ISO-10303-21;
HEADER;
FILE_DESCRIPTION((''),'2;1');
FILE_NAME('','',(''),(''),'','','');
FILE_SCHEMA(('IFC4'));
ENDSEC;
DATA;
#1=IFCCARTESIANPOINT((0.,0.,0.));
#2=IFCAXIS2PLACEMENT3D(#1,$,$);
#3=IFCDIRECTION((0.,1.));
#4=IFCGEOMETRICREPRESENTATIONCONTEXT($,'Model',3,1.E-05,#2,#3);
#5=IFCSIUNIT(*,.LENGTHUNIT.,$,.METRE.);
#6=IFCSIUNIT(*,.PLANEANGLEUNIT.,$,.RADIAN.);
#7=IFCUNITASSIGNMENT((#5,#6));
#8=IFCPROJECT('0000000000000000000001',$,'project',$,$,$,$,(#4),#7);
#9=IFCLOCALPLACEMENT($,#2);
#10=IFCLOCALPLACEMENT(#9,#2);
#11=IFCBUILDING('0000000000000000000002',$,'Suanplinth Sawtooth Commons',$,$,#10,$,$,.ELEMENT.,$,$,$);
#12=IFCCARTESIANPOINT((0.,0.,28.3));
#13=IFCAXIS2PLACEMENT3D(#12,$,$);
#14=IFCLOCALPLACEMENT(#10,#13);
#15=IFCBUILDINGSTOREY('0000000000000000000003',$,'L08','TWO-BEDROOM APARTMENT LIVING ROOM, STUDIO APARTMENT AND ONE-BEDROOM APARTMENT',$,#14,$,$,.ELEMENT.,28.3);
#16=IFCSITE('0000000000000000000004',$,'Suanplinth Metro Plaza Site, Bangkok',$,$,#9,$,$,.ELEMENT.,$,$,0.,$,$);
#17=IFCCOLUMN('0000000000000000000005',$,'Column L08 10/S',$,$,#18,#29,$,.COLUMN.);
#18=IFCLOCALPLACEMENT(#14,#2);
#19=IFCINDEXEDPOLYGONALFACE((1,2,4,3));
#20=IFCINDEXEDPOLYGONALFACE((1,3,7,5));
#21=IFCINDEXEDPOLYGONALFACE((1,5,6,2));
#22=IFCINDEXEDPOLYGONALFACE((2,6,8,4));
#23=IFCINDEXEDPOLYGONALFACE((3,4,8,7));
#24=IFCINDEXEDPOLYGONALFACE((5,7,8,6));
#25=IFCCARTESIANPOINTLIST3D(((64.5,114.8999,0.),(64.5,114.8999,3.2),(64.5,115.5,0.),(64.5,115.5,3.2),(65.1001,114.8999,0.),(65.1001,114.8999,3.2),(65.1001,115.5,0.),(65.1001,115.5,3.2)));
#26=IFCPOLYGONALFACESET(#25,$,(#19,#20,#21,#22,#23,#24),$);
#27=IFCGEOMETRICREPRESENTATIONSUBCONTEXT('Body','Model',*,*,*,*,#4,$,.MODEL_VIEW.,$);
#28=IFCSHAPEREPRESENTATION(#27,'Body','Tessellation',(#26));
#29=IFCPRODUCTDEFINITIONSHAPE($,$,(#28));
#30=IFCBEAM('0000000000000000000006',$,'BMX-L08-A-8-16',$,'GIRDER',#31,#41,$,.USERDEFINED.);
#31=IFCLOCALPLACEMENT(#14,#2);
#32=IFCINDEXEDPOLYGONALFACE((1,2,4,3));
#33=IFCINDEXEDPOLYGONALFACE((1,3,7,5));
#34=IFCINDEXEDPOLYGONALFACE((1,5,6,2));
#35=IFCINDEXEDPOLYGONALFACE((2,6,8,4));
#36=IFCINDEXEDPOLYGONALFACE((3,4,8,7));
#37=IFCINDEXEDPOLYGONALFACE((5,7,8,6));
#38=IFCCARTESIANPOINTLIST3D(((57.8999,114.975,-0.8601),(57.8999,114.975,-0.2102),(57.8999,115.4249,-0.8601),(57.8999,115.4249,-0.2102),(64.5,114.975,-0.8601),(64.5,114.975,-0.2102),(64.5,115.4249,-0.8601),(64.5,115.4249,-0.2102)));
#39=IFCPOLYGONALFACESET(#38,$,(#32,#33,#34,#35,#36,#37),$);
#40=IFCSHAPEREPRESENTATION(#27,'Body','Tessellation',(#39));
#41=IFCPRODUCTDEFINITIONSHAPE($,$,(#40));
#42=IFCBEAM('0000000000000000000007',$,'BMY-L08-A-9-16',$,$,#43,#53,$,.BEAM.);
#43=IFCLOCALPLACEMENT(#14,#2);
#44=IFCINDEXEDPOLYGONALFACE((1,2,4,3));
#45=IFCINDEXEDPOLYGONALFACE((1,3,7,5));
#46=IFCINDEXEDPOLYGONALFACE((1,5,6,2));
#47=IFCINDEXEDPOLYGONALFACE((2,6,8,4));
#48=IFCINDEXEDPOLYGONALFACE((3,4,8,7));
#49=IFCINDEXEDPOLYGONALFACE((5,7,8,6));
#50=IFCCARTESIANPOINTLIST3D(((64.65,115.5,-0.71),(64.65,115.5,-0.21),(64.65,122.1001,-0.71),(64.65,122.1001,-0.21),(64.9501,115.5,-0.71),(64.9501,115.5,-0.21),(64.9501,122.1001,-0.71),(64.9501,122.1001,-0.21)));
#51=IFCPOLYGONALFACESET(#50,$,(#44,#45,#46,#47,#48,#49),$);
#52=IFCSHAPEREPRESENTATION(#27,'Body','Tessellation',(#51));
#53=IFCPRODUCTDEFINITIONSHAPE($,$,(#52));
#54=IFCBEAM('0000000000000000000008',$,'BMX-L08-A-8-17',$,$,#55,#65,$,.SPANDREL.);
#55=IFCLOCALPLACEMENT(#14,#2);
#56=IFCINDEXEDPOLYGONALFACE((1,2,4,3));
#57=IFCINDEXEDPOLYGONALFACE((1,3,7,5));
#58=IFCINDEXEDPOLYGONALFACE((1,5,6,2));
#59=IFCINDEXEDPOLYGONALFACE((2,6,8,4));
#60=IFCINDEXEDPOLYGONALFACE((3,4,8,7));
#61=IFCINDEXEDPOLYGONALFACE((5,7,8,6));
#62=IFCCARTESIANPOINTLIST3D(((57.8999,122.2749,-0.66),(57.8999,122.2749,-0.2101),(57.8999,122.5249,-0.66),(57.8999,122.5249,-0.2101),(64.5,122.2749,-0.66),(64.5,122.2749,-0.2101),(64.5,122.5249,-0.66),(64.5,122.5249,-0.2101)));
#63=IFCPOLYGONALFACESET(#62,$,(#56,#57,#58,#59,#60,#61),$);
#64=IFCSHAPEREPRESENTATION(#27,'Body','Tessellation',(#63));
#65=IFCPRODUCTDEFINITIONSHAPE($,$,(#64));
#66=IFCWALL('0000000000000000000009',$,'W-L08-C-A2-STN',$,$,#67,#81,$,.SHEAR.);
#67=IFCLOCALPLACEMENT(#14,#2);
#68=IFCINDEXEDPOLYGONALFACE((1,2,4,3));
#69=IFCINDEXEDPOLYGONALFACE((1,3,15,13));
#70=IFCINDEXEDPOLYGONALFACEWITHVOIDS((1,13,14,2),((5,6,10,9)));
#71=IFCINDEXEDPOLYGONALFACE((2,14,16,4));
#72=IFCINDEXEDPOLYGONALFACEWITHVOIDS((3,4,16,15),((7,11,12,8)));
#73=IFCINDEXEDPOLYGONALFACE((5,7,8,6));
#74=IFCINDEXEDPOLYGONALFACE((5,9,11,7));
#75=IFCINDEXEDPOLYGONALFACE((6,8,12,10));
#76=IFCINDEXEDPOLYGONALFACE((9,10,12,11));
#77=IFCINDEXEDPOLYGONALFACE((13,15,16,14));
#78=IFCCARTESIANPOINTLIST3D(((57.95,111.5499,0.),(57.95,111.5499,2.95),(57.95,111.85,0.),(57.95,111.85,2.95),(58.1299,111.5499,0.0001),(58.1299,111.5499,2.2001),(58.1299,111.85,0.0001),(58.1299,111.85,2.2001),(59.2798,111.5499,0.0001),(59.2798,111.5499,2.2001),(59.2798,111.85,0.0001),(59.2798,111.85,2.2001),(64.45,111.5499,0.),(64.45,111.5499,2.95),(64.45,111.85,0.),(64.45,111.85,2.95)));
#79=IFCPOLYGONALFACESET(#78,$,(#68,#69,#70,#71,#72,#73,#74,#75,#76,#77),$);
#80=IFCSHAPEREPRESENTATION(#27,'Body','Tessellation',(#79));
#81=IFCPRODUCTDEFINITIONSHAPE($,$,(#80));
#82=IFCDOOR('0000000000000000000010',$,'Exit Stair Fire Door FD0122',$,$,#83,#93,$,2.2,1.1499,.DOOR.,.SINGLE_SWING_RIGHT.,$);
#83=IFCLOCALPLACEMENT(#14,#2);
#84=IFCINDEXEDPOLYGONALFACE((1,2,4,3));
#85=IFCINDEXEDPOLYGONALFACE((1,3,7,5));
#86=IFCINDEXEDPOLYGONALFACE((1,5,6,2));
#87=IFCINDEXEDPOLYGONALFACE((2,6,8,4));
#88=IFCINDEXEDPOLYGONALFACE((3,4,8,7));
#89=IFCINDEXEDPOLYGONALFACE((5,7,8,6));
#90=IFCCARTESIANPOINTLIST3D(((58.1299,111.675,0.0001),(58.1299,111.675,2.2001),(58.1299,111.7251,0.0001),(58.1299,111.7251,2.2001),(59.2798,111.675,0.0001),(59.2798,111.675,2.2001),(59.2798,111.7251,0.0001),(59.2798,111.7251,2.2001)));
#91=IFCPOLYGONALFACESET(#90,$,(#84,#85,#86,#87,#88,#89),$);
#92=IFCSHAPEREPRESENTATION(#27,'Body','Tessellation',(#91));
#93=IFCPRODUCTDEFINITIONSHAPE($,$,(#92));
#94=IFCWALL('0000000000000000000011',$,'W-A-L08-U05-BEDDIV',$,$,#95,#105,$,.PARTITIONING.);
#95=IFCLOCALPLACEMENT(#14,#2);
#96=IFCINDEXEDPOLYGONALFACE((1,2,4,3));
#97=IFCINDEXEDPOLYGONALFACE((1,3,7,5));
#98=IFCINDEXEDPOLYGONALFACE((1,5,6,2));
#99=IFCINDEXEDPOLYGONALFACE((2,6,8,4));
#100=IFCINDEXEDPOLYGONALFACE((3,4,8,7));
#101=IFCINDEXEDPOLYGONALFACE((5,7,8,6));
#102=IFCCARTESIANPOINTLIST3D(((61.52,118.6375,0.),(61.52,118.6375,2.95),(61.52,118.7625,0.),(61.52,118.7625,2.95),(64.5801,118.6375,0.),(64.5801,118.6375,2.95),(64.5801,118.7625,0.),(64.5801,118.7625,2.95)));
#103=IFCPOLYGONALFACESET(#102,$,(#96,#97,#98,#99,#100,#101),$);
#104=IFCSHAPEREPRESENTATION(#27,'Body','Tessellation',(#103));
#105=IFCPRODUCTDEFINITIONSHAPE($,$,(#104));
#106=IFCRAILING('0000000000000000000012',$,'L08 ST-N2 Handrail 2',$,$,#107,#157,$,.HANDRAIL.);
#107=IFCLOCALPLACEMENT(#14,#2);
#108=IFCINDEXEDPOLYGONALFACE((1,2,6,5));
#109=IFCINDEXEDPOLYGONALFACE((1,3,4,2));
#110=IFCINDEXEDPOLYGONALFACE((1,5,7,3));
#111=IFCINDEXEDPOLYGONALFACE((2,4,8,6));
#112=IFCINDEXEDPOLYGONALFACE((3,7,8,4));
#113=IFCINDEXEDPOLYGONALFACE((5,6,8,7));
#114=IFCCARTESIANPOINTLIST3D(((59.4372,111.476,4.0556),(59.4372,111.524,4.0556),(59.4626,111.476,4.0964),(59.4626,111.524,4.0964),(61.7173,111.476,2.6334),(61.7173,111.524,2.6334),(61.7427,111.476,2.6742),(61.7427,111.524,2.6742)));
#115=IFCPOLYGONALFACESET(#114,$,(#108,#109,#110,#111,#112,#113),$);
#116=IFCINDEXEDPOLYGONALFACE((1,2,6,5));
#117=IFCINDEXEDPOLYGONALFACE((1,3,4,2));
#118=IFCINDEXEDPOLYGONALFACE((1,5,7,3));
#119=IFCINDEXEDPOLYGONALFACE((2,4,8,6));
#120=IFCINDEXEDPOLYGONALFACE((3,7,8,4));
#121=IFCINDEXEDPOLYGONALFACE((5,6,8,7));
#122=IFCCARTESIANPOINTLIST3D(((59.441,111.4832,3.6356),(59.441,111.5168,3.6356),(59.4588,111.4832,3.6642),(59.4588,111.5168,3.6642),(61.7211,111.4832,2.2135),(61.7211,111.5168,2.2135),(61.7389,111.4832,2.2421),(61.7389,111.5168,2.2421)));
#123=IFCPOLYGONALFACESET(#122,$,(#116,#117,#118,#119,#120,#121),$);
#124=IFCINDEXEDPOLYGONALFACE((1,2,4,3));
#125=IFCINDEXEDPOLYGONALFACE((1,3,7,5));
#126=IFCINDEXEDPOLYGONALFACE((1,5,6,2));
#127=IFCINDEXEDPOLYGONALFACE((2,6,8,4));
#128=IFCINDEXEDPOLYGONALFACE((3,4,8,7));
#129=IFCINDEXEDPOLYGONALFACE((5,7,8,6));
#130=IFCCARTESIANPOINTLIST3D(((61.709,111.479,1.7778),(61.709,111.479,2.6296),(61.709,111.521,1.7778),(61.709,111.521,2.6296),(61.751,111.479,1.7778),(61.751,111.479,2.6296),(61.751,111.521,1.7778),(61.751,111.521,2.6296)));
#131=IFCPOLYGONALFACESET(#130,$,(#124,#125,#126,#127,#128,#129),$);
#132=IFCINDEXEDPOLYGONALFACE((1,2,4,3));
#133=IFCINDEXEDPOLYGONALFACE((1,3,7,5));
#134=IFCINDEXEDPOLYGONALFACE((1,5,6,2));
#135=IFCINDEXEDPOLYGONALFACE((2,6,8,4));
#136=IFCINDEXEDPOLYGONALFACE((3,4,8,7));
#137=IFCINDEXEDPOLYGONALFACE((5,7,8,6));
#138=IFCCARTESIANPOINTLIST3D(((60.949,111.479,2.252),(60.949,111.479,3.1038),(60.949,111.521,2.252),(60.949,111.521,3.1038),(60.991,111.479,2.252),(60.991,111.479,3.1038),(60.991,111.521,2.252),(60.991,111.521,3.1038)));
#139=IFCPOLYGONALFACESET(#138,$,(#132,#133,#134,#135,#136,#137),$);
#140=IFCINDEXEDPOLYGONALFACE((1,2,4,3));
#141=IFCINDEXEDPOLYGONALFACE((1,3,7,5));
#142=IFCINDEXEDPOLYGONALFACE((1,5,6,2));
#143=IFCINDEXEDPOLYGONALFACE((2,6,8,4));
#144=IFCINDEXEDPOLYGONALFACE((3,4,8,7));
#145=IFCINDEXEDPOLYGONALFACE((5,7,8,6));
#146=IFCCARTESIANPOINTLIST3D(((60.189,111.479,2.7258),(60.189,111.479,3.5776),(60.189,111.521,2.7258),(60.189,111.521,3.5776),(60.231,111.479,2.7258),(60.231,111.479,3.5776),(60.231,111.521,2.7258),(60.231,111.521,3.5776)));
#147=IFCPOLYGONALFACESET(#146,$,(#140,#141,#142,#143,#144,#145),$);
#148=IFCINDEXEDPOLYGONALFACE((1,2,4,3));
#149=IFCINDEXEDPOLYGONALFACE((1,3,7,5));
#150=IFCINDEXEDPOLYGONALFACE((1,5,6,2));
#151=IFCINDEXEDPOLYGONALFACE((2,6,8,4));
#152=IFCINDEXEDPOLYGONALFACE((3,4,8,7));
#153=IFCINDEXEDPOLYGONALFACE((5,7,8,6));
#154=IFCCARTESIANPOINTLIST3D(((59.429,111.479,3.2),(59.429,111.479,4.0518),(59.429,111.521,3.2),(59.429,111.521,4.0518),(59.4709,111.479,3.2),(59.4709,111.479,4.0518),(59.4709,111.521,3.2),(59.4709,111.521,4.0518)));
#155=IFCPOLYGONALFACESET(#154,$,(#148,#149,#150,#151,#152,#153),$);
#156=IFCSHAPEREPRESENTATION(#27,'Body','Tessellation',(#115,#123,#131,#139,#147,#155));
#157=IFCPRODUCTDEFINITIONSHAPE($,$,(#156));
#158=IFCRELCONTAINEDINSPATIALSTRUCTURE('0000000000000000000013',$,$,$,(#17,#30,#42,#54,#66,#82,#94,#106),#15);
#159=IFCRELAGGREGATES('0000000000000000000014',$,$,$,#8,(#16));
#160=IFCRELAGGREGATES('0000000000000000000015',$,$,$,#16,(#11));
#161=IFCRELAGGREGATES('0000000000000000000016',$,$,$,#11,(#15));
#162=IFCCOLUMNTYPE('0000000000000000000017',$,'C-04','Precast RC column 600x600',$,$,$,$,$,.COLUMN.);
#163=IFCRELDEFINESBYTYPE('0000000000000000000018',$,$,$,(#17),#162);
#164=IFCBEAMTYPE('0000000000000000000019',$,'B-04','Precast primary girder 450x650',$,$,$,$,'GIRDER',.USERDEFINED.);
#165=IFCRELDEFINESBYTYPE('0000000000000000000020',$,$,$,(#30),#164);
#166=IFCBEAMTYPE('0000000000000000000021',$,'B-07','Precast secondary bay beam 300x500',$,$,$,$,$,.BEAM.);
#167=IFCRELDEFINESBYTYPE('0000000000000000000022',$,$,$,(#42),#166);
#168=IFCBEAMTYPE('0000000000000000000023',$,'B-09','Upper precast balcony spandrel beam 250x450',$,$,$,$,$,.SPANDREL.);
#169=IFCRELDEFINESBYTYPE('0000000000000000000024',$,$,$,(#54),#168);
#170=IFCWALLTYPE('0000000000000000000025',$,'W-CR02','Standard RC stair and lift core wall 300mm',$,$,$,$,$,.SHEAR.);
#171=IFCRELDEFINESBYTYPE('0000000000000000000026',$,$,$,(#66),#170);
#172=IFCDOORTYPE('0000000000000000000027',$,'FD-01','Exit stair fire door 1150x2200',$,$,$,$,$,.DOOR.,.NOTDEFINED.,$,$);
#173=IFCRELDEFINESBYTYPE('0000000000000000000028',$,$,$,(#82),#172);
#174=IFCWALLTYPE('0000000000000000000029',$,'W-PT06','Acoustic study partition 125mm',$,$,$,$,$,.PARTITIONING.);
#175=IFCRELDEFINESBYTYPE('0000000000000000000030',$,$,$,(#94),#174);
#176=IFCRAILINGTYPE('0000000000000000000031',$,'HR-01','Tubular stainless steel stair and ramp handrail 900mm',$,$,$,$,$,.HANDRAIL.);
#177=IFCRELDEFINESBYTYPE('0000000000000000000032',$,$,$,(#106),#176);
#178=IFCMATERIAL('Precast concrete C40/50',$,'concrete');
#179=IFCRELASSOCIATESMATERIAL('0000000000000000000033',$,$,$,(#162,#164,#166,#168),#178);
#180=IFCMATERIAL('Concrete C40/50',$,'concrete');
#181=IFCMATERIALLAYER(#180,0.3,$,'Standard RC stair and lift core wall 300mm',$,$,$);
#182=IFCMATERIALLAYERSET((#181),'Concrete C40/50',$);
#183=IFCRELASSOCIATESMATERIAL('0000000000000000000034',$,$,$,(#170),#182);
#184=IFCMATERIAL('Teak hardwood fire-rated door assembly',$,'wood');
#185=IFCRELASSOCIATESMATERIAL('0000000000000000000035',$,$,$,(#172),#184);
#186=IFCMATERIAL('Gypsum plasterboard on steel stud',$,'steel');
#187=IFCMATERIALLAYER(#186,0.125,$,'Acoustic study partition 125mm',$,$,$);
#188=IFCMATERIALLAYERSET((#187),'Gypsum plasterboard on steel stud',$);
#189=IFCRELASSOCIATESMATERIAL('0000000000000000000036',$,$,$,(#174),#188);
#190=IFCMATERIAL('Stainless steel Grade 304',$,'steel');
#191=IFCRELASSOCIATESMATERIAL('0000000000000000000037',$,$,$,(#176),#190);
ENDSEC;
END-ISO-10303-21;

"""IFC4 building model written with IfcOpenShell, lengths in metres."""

from ifc_helpers import new_model, si_unit, direction, frame, frame_2d, origin, origin_2d, place, context, subcontext, project, spatial, rectangle, extrude, material, layer, layer_set, material_profile, profile_set, type_object, element, fill, save


model = new_model("IFC4")

# Units and contexts
model_context = context("Model", 3, precision=1e-05, world=origin(), true_north=direction((0.0, 1.0)))
body_context = subcontext(model_context, "Body", "Model", "MODEL_VIEW")
ifc_project = project(units=[si_unit("LENGTHUNIT", "METRE"), si_unit("PLANEANGLEUNIT", "RADIAN")], contexts=[model_context])

# Site, building, storey
site_placement = place(None, origin())
site = spatial("IfcSite", under=ifc_project, at=site_placement, Name="Suanplinth Metro Plaza Site, Bangkok", CompositionType="ELEMENT", RefElevation=0.0)
building_placement = place(site_placement, origin())
building = spatial("IfcBuilding", under=site, at=building_placement, Name="Suanplinth Sawtooth Commons", CompositionType="ELEMENT")
storey_placement = place(building_placement, frame((0.0, 0.0, 28.3)))
storey = spatial("IfcBuildingStorey", under=building, at=storey_placement, Name="L08", Description="TWO-BEDROOM APARTMENT LIVING ROOM, STUDIO APARTMENT AND ONE-BEDROOM APARTMENT", CompositionType="ELEMENT", Elevation=28.3)

# Column
ifc_material_1 = material(Name="Precast concrete C40/50", Category="concrete")
ifc_material_profile_1 = material_profile(ifc_material_1, rectangle(XDim=0.6001, YDim=0.6001, at=origin_2d()), Name="PC-COL 600x600")
ifc_profile_set_1 = profile_set([ifc_material_profile_1], Name="Precast concrete C40/50")
column_type = type_object("IfcColumnType", Name="C-04", Description="Precast RC column 600x600", PredefinedType="COLUMN", material=ifc_profile_set_1)
column_placement = place(storey_placement, frame((64.8, 115.2, 0.0), z_axis=(0.0, 0.0, 1.0), x_axis=(1.0, 0.0, 0.0)))
element("IfcColumn", 1, at=column_placement, inside=storey, type_object=column_type, Name="Column L08 10/S", PredefinedType="COLUMN", context=body_context, shape_type="SweptSolid", body=[
    extrude(rectangle(XDim=0.6001, YDim=0.6001, at=origin_2d()), origin(), (0.0, 0.0, 1.0), 3.2),
])

# Beams
ifc_material_profile_2 = material_profile(ifc_material_1, rectangle(XDim=0.45, YDim=0.6499, at=origin_2d()), Name="PC-GDR 450x650")
ifc_profile_set_2 = profile_set([ifc_material_profile_2], Name="Precast concrete C40/50")
beam_type_1 = type_object("IfcBeamType", Name="B-04", Description="Precast primary girder 450x650", ElementType="GIRDER", PredefinedType="USERDEFINED", material=ifc_profile_set_2)
beam_1_placement = place(storey_placement, frame((57.8999, 115.2, -0.5352), z_axis=(1.0, 0.0, 0.0), x_axis=(0.0, 1.0, 0.0)))
element("IfcBeam", 2, at=beam_1_placement, inside=storey, type_object=beam_type_1, Name="BMX-L08-A-8-16", ObjectType="GIRDER", PredefinedType="USERDEFINED", context=body_context, shape_type="SweptSolid", body=[
    extrude(rectangle(XDim=0.45, YDim=0.6499, at=origin_2d()), origin(), (0.0, 0.0, 1.0), 6.6001),
])
ifc_material_profile_3 = material_profile(ifc_material_1, rectangle(XDim=0.3, YDim=0.5, at=origin_2d()), Name="PC-BM 300x500")
ifc_profile_set_3 = profile_set([ifc_material_profile_3], Name="Precast concrete C40/50")
beam_type_2 = type_object("IfcBeamType", Name="B-07", Description="Precast secondary bay beam 300x500", PredefinedType="BEAM", material=ifc_profile_set_3)
beam_2_placement = place(storey_placement, frame((64.8, 115.5, -0.46), z_axis=(0.0, 1.0, 0.0), x_axis=(-1.0, 0.0, 0.0)))
element("IfcBeam", 3, at=beam_2_placement, inside=storey, type_object=beam_type_2, Name="BMY-L08-A-9-16", PredefinedType="BEAM", context=body_context, shape_type="SweptSolid", body=[
    extrude(rectangle(XDim=0.3, YDim=0.5, at=origin_2d()), origin(), (0.0, 0.0, 1.0), 6.6001),
])
ifc_material_profile_4 = material_profile(ifc_material_1, rectangle(XDim=0.25, YDim=0.45, at=origin_2d()), Name="PC-SP 250x450")
ifc_profile_set_4 = profile_set([ifc_material_profile_4], Name="Precast concrete C40/50")
beam_type_3 = type_object("IfcBeamType", Name="B-09", Description="Upper precast balcony spandrel beam 250x450", PredefinedType="SPANDREL", material=ifc_profile_set_4)
beam_3_placement = place(storey_placement, frame((57.8999, 122.3999, -0.4351), z_axis=(1.0, 0.0, 0.0), x_axis=(0.0, 1.0, 0.0)))
element("IfcBeam", 4, at=beam_3_placement, inside=storey, type_object=beam_type_3, Name="BMX-L08-A-8-17", PredefinedType="SPANDREL", context=body_context, shape_type="SweptSolid", body=[
    extrude(rectangle(XDim=0.25, YDim=0.45, at=origin_2d()), origin(), (0.0, 0.0, 1.0), 6.6001),
])

# Wall, opening, door
ifc_material_2 = material(Name="Concrete C40/50", Category="concrete")
ifc_layer_1 = layer(ifc_material_2, 0.3, Name="Standard RC stair and lift core wall 300mm")
ifc_layer_set_1 = layer_set([ifc_layer_1], Name="Concrete C40/50")
wall_type_1 = type_object("IfcWallType", Name="W-CR02", Description="Standard RC stair and lift core wall 300mm", PredefinedType="SHEAR", material=ifc_layer_set_1)
wall_1_placement = place(storey_placement, frame((57.95, 111.7, 0.0), z_axis=(0.0, 0.0, 1.0), x_axis=(1.0, 0.0, 0.0)))
wall_1 = element("IfcWall", 5, at=wall_1_placement, inside=storey, type_object=wall_type_1, Name="W-L08-C-A2-STN", PredefinedType="SHEAR", context=body_context, shape_type="SweptSolid", body=[
    extrude(rectangle(XDim=6.5, YDim=0.3, at=frame_2d((3.25, 0.0))), origin(), (0.0, 0.0, 1.0), 2.95),
])
opening_1_placement = place(wall_1_placement, frame((0.1799, 0.0, 0.0)))
opening_1 = element("IfcOpeningElement", 6, at=opening_1_placement, cuts=wall_1, PredefinedType="OPENING", context=body_context, shape_type="SweptSolid", body=[
    extrude(rectangle(XDim=1.1499, YDim=2.2, at=frame_2d((0.575, 1.1001))), frame((0.0, 0.165, 0.0), z_axis=(0.0, -1.0, 0.0), x_axis=(1.0, 0.0, 0.0)), (0.0, 0.0, 1.0), 0.3298),
])
ifc_material_3 = material(Name="Teak hardwood fire-rated door assembly", Category="wood")
door_type_1 = type_object("IfcDoorType", Name="FD-01", Description="Exit stair fire door 1150x2200", OperationType="NOTDEFINED", PredefinedType="DOOR", material=ifc_material_3)
door_1_placement = place(opening_1_placement, frame((1.1499, 0.0, 0.0), z_axis=(0.0, 0.0, 1.0), x_axis=(-1.0, 0.0, 0.0)))
door_1 = element("IfcDoor", 7, at=door_1_placement, inside=storey, type_object=door_type_1, Name="Exit Stair Fire Door FD0122", OperationType="SINGLE_SWING_RIGHT", OverallHeight=2.2, OverallWidth=1.1499, PredefinedType="DOOR", context=body_context, shape_type="SweptSolid", body=[
    extrude(rectangle(XDim=1.1499, YDim=2.2, at=frame_2d((0.575, 1.1001))), frame((0.0, 0.0249, 0.0), z_axis=(0.0, -1.0, 0.0), x_axis=(1.0, 0.0, 0.0)), (0.0, 0.0, 1.0), 0.05),
])
fill(opening_1, door_1)

# Shared definitions
ifc_material_4 = material(Name="Gypsum plasterboard on steel stud", Category="steel")

# Wall
ifc_layer_2 = layer(ifc_material_4, 0.125, Name="Acoustic study partition 125mm")
ifc_layer_set_2 = layer_set([ifc_layer_2], Name="Gypsum plasterboard on steel stud")
wall_type_2 = type_object("IfcWallType", Name="W-PT06", Description="Acoustic study partition 125mm", PredefinedType="PARTITIONING", material=ifc_layer_set_2)
wall_2_placement = place(storey_placement, frame((61.52, 118.7, 0.0), z_axis=(0.0, 0.0, 1.0), x_axis=(1.0, 0.0, 0.0)))
element("IfcWall", 8, at=wall_2_placement, inside=storey, type_object=wall_type_2, Name="W-A-L08-U05-BEDDIV", PredefinedType="PARTITIONING", context=body_context, shape_type="SweptSolid", body=[
    extrude(rectangle(XDim=3.0601, YDim=0.125, at=frame_2d((1.53, 0.0))), origin(), (0.0, 0.0, 1.0), 2.95),
])

# Railing
ifc_material_5 = material(Name="Stainless steel Grade 304", Category="steel")
railing_type = type_object("IfcRailingType", Name="HR-01", Description="Tubular stainless steel stair and ramp handrail 900mm", PredefinedType="HANDRAIL", material=ifc_material_5)
railing_placement = place(storey_placement, frame((61.73, 111.5, 1.7778)))
element("IfcRailing", 9, at=railing_placement, inside=storey, type_object=railing_type, Name="L08 ST-N2 Handrail 2", PredefinedType="HANDRAIL", context=body_context, shape_type="SweptSolid", body=[
    extrude(rectangle(XDim=0.0481, YDim=0.0481, at=origin_2d()), frame((0.0, 0.0, 0.876), z_axis=(-0.848483, 0.0, 0.529223), x_axis=(0.0, -1.0, 0.0)), (0.0, 0.0, 1.0), 2.6873),
    extrude(rectangle(XDim=0.0337, YDim=0.0337, at=origin_2d()), frame((0.0, 0.0, 0.45), z_axis=(-0.848483, 0.0, 0.529223), x_axis=(0.0, -1.0, 0.0)), (0.0, 0.0, 1.0), 2.6873),
    extrude(rectangle(XDim=0.042, YDim=0.042, at=origin_2d()), origin(), (0.0, 0.0, 1.0), 0.8518),
    extrude(rectangle(XDim=0.042, YDim=0.042, at=origin_2d()), frame((-0.76, 0.0, 0.4741)), (0.0, 0.0, 1.0), 0.8518),
    extrude(rectangle(XDim=0.042, YDim=0.042, at=origin_2d()), frame((-1.52, 0.0, 0.948)), (0.0, 0.0, 1.0), 0.8518),
    extrude(rectangle(XDim=0.042, YDim=0.042, at=origin_2d()), frame((-2.28, 0.0, 1.4221)), (0.0, 0.0, 1.0), 0.8518),
])

save(model, "model.ifc")
